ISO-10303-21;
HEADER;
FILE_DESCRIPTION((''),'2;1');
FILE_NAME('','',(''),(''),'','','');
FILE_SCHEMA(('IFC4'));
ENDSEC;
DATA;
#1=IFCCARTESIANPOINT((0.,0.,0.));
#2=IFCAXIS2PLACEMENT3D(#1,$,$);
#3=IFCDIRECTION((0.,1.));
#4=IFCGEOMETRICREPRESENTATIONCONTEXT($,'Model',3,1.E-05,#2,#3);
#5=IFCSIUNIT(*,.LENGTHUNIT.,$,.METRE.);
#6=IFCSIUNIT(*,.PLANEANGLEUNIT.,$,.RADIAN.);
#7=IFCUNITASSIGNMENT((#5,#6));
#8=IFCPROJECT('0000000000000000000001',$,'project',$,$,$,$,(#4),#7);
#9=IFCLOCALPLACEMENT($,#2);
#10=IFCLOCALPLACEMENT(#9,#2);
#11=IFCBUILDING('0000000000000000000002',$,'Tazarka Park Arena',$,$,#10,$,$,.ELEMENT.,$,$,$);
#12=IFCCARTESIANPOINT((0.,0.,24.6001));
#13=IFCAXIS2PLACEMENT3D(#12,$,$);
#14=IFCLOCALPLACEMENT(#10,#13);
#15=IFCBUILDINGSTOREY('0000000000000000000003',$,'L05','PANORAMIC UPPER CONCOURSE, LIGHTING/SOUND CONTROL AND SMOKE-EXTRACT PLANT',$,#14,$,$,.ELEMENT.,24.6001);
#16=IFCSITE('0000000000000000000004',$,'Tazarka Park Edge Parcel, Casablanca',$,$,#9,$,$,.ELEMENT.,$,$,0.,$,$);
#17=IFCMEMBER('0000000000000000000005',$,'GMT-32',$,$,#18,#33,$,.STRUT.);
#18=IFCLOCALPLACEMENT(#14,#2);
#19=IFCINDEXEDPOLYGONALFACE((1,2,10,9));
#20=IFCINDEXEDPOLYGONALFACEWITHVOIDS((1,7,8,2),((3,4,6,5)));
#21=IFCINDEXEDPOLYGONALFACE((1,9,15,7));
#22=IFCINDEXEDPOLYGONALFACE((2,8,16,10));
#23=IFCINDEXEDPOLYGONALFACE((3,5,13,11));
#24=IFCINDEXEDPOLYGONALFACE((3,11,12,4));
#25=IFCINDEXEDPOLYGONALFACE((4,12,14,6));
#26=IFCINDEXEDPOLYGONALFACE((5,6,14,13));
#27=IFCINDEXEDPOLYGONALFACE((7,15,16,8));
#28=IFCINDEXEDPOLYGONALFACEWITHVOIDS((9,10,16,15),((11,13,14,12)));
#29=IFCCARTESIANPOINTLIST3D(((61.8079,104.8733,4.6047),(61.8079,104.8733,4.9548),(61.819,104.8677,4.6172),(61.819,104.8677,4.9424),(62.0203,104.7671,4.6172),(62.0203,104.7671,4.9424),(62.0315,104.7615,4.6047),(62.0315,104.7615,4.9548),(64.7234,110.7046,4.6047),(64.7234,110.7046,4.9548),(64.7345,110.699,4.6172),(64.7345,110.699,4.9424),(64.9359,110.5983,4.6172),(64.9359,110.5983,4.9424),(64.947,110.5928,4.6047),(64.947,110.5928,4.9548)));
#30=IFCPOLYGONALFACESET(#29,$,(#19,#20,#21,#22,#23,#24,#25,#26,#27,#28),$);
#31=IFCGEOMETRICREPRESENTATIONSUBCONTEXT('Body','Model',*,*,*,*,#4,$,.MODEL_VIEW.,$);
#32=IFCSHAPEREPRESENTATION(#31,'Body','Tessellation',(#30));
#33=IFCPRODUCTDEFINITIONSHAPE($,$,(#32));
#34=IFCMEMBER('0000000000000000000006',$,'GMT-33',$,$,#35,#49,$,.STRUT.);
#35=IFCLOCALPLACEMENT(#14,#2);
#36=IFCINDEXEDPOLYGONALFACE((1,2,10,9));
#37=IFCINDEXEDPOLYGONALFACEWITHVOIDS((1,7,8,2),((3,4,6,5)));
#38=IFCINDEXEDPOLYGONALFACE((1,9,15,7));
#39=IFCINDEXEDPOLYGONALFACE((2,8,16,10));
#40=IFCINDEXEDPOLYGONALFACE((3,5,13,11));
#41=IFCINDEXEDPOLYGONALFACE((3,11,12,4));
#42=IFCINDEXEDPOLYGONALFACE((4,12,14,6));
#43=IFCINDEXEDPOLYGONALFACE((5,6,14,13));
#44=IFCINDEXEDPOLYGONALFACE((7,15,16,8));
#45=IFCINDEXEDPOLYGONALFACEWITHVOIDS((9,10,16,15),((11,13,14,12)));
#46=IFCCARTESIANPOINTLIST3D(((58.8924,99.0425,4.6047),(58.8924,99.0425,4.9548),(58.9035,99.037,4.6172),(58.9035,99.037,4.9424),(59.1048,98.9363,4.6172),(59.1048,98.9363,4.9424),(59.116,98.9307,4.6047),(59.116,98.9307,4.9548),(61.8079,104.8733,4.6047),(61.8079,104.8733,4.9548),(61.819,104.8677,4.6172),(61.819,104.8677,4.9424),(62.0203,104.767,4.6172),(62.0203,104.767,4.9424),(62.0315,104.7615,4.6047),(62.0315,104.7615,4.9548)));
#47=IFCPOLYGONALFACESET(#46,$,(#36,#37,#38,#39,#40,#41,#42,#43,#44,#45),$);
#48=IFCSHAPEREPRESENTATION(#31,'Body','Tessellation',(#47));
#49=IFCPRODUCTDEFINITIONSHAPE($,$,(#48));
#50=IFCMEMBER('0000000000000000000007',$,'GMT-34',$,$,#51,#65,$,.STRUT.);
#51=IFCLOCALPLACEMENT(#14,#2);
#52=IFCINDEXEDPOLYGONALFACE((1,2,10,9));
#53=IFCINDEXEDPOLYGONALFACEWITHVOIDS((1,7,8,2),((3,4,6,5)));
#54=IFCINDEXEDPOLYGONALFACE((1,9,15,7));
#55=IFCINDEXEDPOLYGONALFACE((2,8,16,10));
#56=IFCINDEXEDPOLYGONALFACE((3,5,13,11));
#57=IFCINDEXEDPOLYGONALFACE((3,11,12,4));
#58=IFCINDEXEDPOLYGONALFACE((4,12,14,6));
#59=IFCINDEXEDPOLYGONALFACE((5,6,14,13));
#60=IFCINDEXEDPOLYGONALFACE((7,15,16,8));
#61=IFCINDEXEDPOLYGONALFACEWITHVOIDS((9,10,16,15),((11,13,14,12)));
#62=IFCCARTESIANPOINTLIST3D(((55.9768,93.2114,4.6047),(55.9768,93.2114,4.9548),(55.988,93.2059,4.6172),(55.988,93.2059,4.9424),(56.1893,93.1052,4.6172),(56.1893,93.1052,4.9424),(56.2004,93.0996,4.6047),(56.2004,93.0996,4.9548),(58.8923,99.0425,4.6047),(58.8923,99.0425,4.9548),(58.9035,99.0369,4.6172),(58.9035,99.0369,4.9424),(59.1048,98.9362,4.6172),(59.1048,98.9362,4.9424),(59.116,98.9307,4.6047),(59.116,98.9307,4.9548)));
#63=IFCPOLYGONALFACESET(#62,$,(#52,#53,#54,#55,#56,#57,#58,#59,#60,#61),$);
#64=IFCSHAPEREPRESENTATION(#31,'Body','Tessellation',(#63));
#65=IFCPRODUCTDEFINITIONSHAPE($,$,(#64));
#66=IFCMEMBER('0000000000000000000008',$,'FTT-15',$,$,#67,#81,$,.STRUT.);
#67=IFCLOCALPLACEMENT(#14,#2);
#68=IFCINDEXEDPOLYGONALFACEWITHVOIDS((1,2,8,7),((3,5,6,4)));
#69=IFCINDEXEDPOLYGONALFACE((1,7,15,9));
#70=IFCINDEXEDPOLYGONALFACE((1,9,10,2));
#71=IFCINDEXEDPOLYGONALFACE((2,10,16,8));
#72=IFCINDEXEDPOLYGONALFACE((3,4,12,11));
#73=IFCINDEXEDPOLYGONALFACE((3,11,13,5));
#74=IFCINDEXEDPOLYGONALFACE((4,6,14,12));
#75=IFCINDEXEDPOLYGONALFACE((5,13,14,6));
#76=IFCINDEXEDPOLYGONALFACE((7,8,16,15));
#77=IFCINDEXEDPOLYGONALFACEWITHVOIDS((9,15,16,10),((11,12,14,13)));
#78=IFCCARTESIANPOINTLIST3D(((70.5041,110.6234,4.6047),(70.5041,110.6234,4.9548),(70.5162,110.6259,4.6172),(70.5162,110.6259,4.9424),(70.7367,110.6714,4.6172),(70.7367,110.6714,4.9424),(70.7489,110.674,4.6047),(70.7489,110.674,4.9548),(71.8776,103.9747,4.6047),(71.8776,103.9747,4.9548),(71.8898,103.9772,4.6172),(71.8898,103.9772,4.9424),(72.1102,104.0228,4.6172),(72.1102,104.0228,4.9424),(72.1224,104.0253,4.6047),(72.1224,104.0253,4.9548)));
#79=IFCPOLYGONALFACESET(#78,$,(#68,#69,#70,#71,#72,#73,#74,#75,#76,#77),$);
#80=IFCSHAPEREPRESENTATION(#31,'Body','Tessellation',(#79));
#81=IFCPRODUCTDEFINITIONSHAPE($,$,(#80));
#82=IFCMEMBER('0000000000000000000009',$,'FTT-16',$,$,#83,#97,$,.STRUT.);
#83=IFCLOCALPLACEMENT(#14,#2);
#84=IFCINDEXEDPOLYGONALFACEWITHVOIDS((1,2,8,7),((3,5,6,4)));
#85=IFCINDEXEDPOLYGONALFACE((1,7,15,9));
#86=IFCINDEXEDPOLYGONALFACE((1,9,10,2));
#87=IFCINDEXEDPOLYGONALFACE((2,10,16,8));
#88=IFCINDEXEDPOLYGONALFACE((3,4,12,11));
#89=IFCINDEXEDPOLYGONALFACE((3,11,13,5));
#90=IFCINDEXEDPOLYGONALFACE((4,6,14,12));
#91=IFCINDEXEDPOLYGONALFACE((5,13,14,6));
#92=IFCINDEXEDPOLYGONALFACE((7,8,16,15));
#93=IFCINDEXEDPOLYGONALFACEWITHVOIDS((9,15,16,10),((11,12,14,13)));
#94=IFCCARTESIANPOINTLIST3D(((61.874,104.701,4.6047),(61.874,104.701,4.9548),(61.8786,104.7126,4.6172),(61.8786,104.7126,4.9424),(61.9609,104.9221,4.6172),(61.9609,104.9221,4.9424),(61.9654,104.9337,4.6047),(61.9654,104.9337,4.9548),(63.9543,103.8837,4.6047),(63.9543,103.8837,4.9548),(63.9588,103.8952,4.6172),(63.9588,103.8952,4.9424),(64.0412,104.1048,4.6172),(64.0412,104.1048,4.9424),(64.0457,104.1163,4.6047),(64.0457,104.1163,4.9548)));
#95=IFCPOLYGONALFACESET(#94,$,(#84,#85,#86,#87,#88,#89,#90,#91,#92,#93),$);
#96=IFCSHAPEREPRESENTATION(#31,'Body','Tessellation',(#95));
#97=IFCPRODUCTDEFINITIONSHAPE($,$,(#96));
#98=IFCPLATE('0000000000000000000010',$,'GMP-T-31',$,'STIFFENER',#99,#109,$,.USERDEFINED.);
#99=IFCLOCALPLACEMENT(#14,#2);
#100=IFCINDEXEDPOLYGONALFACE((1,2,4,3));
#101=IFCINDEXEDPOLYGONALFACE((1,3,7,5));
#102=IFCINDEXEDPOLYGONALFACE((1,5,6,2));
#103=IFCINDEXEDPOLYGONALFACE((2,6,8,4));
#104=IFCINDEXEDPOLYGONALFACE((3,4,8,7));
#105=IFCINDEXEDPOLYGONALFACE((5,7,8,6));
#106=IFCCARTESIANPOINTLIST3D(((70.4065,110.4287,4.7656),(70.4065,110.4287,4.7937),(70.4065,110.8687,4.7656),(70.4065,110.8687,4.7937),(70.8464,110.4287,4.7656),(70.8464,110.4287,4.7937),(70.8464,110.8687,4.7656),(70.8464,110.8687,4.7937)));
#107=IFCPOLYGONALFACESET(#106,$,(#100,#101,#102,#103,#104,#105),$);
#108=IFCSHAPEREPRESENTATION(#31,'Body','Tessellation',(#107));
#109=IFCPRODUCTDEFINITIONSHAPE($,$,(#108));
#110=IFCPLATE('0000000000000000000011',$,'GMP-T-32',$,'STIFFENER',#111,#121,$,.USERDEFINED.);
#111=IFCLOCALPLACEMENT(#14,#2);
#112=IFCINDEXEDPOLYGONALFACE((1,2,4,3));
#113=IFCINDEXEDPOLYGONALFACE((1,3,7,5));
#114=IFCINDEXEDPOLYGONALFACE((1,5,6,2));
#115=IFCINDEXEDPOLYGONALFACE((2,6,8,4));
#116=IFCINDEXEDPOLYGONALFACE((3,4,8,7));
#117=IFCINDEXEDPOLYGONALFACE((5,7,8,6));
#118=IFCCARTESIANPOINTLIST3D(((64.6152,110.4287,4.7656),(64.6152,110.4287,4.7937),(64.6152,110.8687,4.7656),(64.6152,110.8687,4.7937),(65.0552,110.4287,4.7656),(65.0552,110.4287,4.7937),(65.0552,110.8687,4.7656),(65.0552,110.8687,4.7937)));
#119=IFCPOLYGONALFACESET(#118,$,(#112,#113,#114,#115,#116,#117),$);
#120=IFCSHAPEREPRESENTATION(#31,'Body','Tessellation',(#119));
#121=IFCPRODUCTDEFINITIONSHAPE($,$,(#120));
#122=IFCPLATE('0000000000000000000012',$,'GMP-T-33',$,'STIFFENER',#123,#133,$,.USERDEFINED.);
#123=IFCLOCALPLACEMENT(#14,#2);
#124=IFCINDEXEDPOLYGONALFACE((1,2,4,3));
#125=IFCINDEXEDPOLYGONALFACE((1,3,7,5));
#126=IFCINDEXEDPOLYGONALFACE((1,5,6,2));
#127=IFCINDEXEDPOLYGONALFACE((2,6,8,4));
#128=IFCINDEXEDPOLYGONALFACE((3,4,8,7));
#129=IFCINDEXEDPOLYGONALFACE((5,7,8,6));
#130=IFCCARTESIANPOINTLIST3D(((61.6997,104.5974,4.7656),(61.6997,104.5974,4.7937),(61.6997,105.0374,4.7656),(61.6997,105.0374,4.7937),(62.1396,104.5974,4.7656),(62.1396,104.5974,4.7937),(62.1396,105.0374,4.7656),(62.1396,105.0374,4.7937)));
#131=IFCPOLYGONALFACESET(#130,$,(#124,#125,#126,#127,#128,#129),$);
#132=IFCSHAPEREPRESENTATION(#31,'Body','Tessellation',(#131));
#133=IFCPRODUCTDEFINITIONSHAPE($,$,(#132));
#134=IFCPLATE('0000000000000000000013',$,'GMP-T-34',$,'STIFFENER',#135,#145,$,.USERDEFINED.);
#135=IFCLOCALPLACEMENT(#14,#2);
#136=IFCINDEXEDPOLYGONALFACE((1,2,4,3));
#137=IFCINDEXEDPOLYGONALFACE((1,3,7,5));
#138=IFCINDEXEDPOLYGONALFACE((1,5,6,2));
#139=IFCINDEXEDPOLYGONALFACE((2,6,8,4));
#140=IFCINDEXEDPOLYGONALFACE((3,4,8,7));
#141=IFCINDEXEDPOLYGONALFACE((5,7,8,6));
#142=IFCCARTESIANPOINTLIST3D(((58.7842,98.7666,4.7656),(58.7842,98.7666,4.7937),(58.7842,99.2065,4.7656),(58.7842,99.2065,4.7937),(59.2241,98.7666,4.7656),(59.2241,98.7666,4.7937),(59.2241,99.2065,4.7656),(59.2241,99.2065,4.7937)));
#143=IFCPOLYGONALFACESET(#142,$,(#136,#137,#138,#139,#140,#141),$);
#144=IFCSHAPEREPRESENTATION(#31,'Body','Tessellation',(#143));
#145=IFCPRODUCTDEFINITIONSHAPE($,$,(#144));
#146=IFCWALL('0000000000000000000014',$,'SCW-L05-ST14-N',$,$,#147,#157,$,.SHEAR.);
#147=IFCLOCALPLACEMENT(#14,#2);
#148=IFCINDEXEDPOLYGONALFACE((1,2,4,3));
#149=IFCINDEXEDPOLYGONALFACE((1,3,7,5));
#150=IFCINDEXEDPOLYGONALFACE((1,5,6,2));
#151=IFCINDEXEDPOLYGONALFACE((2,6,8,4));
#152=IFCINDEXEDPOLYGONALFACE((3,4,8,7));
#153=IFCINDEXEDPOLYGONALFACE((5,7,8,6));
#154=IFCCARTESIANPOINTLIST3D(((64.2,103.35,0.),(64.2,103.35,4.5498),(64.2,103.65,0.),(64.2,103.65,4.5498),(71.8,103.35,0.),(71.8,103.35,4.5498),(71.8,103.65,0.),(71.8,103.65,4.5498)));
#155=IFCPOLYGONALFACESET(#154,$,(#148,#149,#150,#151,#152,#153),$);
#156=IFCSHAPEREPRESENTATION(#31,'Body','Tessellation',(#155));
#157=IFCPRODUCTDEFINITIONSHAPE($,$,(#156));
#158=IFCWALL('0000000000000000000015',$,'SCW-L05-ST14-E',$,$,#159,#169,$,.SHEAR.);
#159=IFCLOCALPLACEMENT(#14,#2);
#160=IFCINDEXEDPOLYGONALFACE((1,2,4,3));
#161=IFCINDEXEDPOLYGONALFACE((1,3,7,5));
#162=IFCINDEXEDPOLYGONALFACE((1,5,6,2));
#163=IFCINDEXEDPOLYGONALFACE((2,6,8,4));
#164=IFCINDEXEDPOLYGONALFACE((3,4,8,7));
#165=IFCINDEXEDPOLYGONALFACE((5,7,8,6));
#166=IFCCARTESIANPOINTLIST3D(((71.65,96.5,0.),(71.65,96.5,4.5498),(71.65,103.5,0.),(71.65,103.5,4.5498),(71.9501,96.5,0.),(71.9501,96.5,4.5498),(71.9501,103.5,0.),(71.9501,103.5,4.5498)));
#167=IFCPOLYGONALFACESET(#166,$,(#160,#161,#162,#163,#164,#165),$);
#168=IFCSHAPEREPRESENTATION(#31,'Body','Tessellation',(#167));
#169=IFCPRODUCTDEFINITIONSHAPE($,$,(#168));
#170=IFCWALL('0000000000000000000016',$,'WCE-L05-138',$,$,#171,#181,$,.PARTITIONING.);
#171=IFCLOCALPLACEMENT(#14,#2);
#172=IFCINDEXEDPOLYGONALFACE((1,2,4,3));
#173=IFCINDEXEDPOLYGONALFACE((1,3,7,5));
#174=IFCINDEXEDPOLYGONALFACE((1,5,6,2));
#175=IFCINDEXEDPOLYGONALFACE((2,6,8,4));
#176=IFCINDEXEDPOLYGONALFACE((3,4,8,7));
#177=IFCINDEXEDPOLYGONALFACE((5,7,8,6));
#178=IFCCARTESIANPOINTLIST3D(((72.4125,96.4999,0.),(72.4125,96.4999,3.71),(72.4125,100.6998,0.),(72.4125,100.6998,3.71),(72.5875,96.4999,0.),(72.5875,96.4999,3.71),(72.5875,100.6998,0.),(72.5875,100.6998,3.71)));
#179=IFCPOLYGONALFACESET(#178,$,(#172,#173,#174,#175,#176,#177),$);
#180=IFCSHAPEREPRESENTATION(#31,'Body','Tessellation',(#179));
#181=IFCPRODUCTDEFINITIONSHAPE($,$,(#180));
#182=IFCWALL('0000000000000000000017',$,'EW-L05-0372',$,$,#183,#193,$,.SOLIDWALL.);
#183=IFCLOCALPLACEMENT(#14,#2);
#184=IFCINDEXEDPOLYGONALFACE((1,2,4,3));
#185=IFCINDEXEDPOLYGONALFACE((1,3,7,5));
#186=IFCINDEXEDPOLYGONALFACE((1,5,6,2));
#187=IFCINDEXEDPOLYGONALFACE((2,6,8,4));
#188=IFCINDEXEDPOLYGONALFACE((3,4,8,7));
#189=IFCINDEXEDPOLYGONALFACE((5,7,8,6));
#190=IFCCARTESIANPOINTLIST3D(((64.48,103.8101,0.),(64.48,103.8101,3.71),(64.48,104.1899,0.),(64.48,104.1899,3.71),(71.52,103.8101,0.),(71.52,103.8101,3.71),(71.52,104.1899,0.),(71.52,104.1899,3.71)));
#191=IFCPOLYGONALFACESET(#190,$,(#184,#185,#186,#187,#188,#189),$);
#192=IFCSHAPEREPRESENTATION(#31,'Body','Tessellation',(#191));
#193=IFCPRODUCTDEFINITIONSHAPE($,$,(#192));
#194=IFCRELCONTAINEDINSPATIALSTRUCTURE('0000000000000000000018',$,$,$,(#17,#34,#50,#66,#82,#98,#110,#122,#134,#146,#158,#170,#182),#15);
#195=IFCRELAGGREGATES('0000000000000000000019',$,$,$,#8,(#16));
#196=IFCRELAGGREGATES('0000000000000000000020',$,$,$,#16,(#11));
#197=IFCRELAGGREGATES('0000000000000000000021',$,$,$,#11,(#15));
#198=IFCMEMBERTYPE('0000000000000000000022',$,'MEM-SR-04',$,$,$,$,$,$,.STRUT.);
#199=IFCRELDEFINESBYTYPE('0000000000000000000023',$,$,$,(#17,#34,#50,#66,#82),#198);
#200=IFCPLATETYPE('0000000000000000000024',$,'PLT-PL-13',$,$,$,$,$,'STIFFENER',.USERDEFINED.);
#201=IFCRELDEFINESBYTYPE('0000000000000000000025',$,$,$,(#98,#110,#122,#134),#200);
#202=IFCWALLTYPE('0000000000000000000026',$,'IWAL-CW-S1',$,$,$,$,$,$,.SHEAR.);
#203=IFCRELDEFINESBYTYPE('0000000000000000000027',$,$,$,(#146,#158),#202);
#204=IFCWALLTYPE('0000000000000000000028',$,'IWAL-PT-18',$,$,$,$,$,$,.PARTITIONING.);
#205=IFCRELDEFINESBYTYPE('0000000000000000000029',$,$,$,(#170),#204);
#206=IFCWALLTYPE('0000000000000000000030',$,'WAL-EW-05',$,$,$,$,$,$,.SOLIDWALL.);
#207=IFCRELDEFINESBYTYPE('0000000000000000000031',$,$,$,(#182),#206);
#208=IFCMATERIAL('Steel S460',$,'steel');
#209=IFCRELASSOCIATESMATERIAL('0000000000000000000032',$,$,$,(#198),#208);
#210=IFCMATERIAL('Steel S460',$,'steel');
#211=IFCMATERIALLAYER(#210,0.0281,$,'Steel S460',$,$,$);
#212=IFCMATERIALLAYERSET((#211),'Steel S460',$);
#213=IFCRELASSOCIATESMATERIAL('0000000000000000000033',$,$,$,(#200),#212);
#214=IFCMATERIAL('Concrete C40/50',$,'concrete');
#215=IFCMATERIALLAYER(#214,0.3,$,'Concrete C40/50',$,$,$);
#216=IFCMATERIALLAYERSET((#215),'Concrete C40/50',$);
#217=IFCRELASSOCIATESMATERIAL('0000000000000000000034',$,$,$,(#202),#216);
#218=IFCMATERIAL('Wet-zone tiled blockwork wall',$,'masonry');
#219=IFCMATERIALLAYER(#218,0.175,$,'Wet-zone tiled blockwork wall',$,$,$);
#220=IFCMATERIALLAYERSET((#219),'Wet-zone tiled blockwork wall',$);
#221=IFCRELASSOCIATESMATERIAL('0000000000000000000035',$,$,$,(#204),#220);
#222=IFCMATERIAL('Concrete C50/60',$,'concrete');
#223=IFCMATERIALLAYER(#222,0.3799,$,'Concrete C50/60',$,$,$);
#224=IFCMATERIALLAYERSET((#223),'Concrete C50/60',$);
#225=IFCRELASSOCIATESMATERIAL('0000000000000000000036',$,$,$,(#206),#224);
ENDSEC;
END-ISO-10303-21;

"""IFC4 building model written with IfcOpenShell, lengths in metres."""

from ifc_helpers import new_model, si_unit, direction, frame, frame_2d, origin, origin_2d, place, context, subcontext, project, spatial, rectangle, hollow_rectangle, extrude, material, layer, layer_set, material_profile, profile_set, type_object, element, save


model = new_model("IFC4")

# Units and contexts
model_context = context("Model", 3, precision=1e-05, world=origin(), true_north=direction((0.0, 1.0)))
body_context = subcontext(model_context, "Body", "Model", "MODEL_VIEW")
ifc_project = project(units=[si_unit("LENGTHUNIT", "METRE"), si_unit("PLANEANGLEUNIT", "RADIAN")], contexts=[model_context])

# Site, building, storey
site_placement = place(None, origin())
site = spatial("IfcSite", under=ifc_project, at=site_placement, Name="Tazarka Park Edge Parcel, Casablanca", CompositionType="ELEMENT", RefElevation=0.0)
building_placement = place(site_placement, origin())
building = spatial("IfcBuilding", under=site, at=building_placement, Name="Tazarka Park Arena", CompositionType="ELEMENT")
storey_placement = place(building_placement, frame((0.0, 0.0, 24.6001)))
storey = spatial("IfcBuildingStorey", under=building, at=storey_placement, Name="L05", Description="PANORAMIC UPPER CONCOURSE, LIGHTING/SOUND CONTROL AND SMOKE-EXTRACT PLANT", CompositionType="ELEMENT", Elevation=24.6001)

# Members
ifc_material_1 = material(Name="Steel S460", Category="steel")
ifc_material_profile_1 = material_profile(ifc_material_1, hollow_rectangle(XDim=0.25, YDim=0.3501, WallThickness=0.0125, at=origin_2d()), Name="Steel S460")
ifc_profile_set_1 = profile_set([ifc_material_profile_1], Name="Steel S460")
member_type_1 = type_object("IfcMemberType", Name="MEM-SR-04", PredefinedType="STRUT", material=ifc_profile_set_1)
member_1_placement = place(storey_placement, frame((64.8352, 110.6487, 4.7798), z_axis=(-0.447199, -0.894435, 0.0), x_axis=(0.894435, -0.447199, 0.0)))
element("IfcMember", 1, at=member_1_placement, inside=storey, type_object=member_type_1, Name="GMT-32", PredefinedType="STRUT", context=body_context, shape_type="SweptSolid", body=[
    extrude(hollow_rectangle(XDim=0.25, YDim=0.3501, WallThickness=0.0125, at=origin_2d()), origin(), (0.0, 0.0, 1.0), 6.5195),
])
member_2_placement = place(storey_placement, frame((61.9197, 104.8174, 4.7798), z_axis=(-0.447229, -0.89442, 0.0), x_axis=(0.89442, -0.447229, 0.0)))
element("IfcMember", 2, at=member_2_placement, inside=storey, type_object=member_type_1, Name="GMT-33", PredefinedType="STRUT", context=body_context, shape_type="SweptSolid", body=[
    extrude(hollow_rectangle(XDim=0.25, YDim=0.3501, WallThickness=0.0125, at=origin_2d()), origin(), (0.0, 0.0, 1.0), 6.519),
])
member_3_placement = place(storey_placement, frame((59.0042, 98.9866, 4.7798), z_axis=(-0.447214, -0.894427, 0.0), x_axis=(0.894427, -0.447214, 0.0)))
element("IfcMember", 3, at=member_3_placement, inside=storey, type_object=member_type_1, Name="GMT-34", PredefinedType="STRUT", context=body_context, shape_type="SweptSolid", body=[
    extrude(hollow_rectangle(XDim=0.25, YDim=0.3501, WallThickness=0.0125, at=origin_2d()), origin(), (0.0, 0.0, 1.0), 6.5193),
])
member_4_placement = place(storey_placement, frame((72.0, 104.0, 4.7798), z_axis=(-0.202315, 0.97932, 0.0), x_axis=(-0.97932, -0.202315, 0.0)))
element("IfcMember", 4, at=member_4_placement, inside=storey, type_object=member_type_1, Name="FTT-15", PredefinedType="STRUT", context=body_context, shape_type="SweptSolid", body=[
    extrude(hollow_rectangle(XDim=0.25, YDim=0.3501, WallThickness=0.0125, at=origin_2d()), origin(), (0.0, 0.0, 1.0), 6.7891),
])
member_5_placement = place(storey_placement, frame((64.0, 104.0, 4.7798), z_axis=(-0.930734, 0.365696, 0.0), x_axis=(-0.365696, -0.930734, 0.0)))
element("IfcMember", 5, at=member_5_placement, inside=storey, type_object=member_type_1, Name="FTT-16", PredefinedType="STRUT", context=body_context, shape_type="SweptSolid", body=[
    extrude(hollow_rectangle(XDim=0.25, YDim=0.3501, WallThickness=0.0125, at=origin_2d()), origin(), (0.0, 0.0, 1.0), 2.2351),
])

# Plates
ifc_material_2 = material(Name="Steel S460", Category="steel")
ifc_layer_1 = layer(ifc_material_2, 0.0281, Name="Steel S460")
ifc_layer_set_1 = layer_set([ifc_layer_1], Name="Steel S460")
plate_type = type_object("IfcPlateType", Name="PLT-PL-13", ElementType="STIFFENER", PredefinedType="USERDEFINED", material=ifc_layer_set_1)
for number, where, z_axis, x_axis, name in (
    (6, (70.6265, 110.6487, 4.7656), (0.0, 0.0, 1.0), (1.0, 0.0, 0.0), "GMP-T-31"),
    (7, (64.8352, 110.6487, 4.7656), (0.0, 0.0, 1.0), (1.0, 0.0, 0.0), "GMP-T-32"),
    (8, (61.9197, 104.8174, 4.7656), (0.0, 0.0, 1.0), (1.0, 0.0, 0.0), "GMP-T-33"),
    (9, (59.0042, 98.9866, 4.7656), (0.0, 0.0, 1.0), (1.0, 0.0, 0.0), "GMP-T-34"),
):
    element("IfcPlate", number, at=place(storey_placement, frame(where, z_axis=z_axis, x_axis=x_axis)), inside=storey, type_object=plate_type, Name=name, ObjectType="STIFFENER", PredefinedType="USERDEFINED", context=body_context, shape_type="SweptSolid", body=[
        extrude(rectangle(XDim=0.4399, YDim=0.4399, at=origin_2d()), origin(), (0.0, 0.0, 1.0), 0.0281),
    ])

# Walls
ifc_material_3 = material(Name="Concrete C40/50", Category="concrete")
ifc_layer_2 = layer(ifc_material_3, 0.3, Name="Concrete C40/50")
ifc_layer_set_2 = layer_set([ifc_layer_2], Name="Concrete C40/50")
wall_type_1 = type_object("IfcWallType", Name="IWAL-CW-S1", PredefinedType="SHEAR", material=ifc_layer_set_2)
wall_1_placement = place(storey_placement, frame((64.2, 103.5, 0.0), z_axis=(0.0, 0.0, 1.0), x_axis=(1.0, 0.0, 0.0)))
element("IfcWall", 10, at=wall_1_placement, inside=storey, type_object=wall_type_1, Name="SCW-L05-ST14-N", PredefinedType="SHEAR", context=body_context, shape_type="SweptSolid", body=[
    extrude(rectangle(XDim=7.6001, YDim=0.3, at=frame_2d((3.8, 0.0))), origin(), (0.0, 0.0, 1.0), 4.5498),
])
wall_2_placement = place(storey_placement, frame((71.8, 103.5, 0.0), z_axis=(0.0, 0.0, 1.0), x_axis=(0.0, -1.0, 0.0)))
element("IfcWall", 11, at=wall_2_placement, inside=storey, type_object=wall_type_1, Name="SCW-L05-ST14-E", PredefinedType="SHEAR", context=body_context, shape_type="SweptSolid", body=[
    extrude(rectangle(XDim=7.0, YDim=0.3, at=frame_2d((3.5, 0.0))), origin(), (0.0, 0.0, 1.0), 4.5498),
])
ifc_material_4 = material(Name="Wet-zone tiled blockwork wall", Category="masonry")
ifc_layer_3 = layer(ifc_material_4, 0.175, Name="Wet-zone tiled blockwork wall")
ifc_layer_set_3 = layer_set([ifc_layer_3], Name="Wet-zone tiled blockwork wall")
wall_type_2 = type_object("IfcWallType", Name="IWAL-PT-18", PredefinedType="PARTITIONING", material=ifc_layer_set_3)
wall_3_placement = place(storey_placement, frame((72.5, 100.7, 0.0), z_axis=(0.0, 0.0, 1.0), x_axis=(0.0, -1.0, 0.0)))
element("IfcWall", 12, at=wall_3_placement, inside=storey, type_object=wall_type_2, Name="WCE-L05-138", PredefinedType="PARTITIONING", context=body_context, shape_type="SweptSolid", body=[
    extrude(rectangle(XDim=4.2, YDim=0.175, at=frame_2d((2.1001, 0.0))), origin(), (0.0, 0.0, 1.0), 3.71),
])
ifc_material_5 = material(Name="Concrete C50/60", Category="concrete")
ifc_layer_4 = layer(ifc_material_5, 0.3799, Name="Concrete C50/60")
ifc_layer_set_4 = layer_set([ifc_layer_4], Name="Concrete C50/60")
wall_type_3 = type_object("IfcWallType", Name="WAL-EW-05", PredefinedType="SOLIDWALL", material=ifc_layer_set_4)
wall_4_placement = place(storey_placement, frame((64.48, 104.0, 0.0), z_axis=(0.0, 0.0, 1.0), x_axis=(1.0, 0.0, 0.0)))
element("IfcWall", 13, at=wall_4_placement, inside=storey, type_object=wall_type_3, Name="EW-L05-0372", PredefinedType="SOLIDWALL", context=body_context, shape_type="SweptSolid", body=[
    extrude(rectangle(XDim=7.04, YDim=0.3799, at=frame_2d((3.52, 0.0))), origin(), (0.0, 0.0, 1.0), 3.71),
])

save(model, "model.ifc")
